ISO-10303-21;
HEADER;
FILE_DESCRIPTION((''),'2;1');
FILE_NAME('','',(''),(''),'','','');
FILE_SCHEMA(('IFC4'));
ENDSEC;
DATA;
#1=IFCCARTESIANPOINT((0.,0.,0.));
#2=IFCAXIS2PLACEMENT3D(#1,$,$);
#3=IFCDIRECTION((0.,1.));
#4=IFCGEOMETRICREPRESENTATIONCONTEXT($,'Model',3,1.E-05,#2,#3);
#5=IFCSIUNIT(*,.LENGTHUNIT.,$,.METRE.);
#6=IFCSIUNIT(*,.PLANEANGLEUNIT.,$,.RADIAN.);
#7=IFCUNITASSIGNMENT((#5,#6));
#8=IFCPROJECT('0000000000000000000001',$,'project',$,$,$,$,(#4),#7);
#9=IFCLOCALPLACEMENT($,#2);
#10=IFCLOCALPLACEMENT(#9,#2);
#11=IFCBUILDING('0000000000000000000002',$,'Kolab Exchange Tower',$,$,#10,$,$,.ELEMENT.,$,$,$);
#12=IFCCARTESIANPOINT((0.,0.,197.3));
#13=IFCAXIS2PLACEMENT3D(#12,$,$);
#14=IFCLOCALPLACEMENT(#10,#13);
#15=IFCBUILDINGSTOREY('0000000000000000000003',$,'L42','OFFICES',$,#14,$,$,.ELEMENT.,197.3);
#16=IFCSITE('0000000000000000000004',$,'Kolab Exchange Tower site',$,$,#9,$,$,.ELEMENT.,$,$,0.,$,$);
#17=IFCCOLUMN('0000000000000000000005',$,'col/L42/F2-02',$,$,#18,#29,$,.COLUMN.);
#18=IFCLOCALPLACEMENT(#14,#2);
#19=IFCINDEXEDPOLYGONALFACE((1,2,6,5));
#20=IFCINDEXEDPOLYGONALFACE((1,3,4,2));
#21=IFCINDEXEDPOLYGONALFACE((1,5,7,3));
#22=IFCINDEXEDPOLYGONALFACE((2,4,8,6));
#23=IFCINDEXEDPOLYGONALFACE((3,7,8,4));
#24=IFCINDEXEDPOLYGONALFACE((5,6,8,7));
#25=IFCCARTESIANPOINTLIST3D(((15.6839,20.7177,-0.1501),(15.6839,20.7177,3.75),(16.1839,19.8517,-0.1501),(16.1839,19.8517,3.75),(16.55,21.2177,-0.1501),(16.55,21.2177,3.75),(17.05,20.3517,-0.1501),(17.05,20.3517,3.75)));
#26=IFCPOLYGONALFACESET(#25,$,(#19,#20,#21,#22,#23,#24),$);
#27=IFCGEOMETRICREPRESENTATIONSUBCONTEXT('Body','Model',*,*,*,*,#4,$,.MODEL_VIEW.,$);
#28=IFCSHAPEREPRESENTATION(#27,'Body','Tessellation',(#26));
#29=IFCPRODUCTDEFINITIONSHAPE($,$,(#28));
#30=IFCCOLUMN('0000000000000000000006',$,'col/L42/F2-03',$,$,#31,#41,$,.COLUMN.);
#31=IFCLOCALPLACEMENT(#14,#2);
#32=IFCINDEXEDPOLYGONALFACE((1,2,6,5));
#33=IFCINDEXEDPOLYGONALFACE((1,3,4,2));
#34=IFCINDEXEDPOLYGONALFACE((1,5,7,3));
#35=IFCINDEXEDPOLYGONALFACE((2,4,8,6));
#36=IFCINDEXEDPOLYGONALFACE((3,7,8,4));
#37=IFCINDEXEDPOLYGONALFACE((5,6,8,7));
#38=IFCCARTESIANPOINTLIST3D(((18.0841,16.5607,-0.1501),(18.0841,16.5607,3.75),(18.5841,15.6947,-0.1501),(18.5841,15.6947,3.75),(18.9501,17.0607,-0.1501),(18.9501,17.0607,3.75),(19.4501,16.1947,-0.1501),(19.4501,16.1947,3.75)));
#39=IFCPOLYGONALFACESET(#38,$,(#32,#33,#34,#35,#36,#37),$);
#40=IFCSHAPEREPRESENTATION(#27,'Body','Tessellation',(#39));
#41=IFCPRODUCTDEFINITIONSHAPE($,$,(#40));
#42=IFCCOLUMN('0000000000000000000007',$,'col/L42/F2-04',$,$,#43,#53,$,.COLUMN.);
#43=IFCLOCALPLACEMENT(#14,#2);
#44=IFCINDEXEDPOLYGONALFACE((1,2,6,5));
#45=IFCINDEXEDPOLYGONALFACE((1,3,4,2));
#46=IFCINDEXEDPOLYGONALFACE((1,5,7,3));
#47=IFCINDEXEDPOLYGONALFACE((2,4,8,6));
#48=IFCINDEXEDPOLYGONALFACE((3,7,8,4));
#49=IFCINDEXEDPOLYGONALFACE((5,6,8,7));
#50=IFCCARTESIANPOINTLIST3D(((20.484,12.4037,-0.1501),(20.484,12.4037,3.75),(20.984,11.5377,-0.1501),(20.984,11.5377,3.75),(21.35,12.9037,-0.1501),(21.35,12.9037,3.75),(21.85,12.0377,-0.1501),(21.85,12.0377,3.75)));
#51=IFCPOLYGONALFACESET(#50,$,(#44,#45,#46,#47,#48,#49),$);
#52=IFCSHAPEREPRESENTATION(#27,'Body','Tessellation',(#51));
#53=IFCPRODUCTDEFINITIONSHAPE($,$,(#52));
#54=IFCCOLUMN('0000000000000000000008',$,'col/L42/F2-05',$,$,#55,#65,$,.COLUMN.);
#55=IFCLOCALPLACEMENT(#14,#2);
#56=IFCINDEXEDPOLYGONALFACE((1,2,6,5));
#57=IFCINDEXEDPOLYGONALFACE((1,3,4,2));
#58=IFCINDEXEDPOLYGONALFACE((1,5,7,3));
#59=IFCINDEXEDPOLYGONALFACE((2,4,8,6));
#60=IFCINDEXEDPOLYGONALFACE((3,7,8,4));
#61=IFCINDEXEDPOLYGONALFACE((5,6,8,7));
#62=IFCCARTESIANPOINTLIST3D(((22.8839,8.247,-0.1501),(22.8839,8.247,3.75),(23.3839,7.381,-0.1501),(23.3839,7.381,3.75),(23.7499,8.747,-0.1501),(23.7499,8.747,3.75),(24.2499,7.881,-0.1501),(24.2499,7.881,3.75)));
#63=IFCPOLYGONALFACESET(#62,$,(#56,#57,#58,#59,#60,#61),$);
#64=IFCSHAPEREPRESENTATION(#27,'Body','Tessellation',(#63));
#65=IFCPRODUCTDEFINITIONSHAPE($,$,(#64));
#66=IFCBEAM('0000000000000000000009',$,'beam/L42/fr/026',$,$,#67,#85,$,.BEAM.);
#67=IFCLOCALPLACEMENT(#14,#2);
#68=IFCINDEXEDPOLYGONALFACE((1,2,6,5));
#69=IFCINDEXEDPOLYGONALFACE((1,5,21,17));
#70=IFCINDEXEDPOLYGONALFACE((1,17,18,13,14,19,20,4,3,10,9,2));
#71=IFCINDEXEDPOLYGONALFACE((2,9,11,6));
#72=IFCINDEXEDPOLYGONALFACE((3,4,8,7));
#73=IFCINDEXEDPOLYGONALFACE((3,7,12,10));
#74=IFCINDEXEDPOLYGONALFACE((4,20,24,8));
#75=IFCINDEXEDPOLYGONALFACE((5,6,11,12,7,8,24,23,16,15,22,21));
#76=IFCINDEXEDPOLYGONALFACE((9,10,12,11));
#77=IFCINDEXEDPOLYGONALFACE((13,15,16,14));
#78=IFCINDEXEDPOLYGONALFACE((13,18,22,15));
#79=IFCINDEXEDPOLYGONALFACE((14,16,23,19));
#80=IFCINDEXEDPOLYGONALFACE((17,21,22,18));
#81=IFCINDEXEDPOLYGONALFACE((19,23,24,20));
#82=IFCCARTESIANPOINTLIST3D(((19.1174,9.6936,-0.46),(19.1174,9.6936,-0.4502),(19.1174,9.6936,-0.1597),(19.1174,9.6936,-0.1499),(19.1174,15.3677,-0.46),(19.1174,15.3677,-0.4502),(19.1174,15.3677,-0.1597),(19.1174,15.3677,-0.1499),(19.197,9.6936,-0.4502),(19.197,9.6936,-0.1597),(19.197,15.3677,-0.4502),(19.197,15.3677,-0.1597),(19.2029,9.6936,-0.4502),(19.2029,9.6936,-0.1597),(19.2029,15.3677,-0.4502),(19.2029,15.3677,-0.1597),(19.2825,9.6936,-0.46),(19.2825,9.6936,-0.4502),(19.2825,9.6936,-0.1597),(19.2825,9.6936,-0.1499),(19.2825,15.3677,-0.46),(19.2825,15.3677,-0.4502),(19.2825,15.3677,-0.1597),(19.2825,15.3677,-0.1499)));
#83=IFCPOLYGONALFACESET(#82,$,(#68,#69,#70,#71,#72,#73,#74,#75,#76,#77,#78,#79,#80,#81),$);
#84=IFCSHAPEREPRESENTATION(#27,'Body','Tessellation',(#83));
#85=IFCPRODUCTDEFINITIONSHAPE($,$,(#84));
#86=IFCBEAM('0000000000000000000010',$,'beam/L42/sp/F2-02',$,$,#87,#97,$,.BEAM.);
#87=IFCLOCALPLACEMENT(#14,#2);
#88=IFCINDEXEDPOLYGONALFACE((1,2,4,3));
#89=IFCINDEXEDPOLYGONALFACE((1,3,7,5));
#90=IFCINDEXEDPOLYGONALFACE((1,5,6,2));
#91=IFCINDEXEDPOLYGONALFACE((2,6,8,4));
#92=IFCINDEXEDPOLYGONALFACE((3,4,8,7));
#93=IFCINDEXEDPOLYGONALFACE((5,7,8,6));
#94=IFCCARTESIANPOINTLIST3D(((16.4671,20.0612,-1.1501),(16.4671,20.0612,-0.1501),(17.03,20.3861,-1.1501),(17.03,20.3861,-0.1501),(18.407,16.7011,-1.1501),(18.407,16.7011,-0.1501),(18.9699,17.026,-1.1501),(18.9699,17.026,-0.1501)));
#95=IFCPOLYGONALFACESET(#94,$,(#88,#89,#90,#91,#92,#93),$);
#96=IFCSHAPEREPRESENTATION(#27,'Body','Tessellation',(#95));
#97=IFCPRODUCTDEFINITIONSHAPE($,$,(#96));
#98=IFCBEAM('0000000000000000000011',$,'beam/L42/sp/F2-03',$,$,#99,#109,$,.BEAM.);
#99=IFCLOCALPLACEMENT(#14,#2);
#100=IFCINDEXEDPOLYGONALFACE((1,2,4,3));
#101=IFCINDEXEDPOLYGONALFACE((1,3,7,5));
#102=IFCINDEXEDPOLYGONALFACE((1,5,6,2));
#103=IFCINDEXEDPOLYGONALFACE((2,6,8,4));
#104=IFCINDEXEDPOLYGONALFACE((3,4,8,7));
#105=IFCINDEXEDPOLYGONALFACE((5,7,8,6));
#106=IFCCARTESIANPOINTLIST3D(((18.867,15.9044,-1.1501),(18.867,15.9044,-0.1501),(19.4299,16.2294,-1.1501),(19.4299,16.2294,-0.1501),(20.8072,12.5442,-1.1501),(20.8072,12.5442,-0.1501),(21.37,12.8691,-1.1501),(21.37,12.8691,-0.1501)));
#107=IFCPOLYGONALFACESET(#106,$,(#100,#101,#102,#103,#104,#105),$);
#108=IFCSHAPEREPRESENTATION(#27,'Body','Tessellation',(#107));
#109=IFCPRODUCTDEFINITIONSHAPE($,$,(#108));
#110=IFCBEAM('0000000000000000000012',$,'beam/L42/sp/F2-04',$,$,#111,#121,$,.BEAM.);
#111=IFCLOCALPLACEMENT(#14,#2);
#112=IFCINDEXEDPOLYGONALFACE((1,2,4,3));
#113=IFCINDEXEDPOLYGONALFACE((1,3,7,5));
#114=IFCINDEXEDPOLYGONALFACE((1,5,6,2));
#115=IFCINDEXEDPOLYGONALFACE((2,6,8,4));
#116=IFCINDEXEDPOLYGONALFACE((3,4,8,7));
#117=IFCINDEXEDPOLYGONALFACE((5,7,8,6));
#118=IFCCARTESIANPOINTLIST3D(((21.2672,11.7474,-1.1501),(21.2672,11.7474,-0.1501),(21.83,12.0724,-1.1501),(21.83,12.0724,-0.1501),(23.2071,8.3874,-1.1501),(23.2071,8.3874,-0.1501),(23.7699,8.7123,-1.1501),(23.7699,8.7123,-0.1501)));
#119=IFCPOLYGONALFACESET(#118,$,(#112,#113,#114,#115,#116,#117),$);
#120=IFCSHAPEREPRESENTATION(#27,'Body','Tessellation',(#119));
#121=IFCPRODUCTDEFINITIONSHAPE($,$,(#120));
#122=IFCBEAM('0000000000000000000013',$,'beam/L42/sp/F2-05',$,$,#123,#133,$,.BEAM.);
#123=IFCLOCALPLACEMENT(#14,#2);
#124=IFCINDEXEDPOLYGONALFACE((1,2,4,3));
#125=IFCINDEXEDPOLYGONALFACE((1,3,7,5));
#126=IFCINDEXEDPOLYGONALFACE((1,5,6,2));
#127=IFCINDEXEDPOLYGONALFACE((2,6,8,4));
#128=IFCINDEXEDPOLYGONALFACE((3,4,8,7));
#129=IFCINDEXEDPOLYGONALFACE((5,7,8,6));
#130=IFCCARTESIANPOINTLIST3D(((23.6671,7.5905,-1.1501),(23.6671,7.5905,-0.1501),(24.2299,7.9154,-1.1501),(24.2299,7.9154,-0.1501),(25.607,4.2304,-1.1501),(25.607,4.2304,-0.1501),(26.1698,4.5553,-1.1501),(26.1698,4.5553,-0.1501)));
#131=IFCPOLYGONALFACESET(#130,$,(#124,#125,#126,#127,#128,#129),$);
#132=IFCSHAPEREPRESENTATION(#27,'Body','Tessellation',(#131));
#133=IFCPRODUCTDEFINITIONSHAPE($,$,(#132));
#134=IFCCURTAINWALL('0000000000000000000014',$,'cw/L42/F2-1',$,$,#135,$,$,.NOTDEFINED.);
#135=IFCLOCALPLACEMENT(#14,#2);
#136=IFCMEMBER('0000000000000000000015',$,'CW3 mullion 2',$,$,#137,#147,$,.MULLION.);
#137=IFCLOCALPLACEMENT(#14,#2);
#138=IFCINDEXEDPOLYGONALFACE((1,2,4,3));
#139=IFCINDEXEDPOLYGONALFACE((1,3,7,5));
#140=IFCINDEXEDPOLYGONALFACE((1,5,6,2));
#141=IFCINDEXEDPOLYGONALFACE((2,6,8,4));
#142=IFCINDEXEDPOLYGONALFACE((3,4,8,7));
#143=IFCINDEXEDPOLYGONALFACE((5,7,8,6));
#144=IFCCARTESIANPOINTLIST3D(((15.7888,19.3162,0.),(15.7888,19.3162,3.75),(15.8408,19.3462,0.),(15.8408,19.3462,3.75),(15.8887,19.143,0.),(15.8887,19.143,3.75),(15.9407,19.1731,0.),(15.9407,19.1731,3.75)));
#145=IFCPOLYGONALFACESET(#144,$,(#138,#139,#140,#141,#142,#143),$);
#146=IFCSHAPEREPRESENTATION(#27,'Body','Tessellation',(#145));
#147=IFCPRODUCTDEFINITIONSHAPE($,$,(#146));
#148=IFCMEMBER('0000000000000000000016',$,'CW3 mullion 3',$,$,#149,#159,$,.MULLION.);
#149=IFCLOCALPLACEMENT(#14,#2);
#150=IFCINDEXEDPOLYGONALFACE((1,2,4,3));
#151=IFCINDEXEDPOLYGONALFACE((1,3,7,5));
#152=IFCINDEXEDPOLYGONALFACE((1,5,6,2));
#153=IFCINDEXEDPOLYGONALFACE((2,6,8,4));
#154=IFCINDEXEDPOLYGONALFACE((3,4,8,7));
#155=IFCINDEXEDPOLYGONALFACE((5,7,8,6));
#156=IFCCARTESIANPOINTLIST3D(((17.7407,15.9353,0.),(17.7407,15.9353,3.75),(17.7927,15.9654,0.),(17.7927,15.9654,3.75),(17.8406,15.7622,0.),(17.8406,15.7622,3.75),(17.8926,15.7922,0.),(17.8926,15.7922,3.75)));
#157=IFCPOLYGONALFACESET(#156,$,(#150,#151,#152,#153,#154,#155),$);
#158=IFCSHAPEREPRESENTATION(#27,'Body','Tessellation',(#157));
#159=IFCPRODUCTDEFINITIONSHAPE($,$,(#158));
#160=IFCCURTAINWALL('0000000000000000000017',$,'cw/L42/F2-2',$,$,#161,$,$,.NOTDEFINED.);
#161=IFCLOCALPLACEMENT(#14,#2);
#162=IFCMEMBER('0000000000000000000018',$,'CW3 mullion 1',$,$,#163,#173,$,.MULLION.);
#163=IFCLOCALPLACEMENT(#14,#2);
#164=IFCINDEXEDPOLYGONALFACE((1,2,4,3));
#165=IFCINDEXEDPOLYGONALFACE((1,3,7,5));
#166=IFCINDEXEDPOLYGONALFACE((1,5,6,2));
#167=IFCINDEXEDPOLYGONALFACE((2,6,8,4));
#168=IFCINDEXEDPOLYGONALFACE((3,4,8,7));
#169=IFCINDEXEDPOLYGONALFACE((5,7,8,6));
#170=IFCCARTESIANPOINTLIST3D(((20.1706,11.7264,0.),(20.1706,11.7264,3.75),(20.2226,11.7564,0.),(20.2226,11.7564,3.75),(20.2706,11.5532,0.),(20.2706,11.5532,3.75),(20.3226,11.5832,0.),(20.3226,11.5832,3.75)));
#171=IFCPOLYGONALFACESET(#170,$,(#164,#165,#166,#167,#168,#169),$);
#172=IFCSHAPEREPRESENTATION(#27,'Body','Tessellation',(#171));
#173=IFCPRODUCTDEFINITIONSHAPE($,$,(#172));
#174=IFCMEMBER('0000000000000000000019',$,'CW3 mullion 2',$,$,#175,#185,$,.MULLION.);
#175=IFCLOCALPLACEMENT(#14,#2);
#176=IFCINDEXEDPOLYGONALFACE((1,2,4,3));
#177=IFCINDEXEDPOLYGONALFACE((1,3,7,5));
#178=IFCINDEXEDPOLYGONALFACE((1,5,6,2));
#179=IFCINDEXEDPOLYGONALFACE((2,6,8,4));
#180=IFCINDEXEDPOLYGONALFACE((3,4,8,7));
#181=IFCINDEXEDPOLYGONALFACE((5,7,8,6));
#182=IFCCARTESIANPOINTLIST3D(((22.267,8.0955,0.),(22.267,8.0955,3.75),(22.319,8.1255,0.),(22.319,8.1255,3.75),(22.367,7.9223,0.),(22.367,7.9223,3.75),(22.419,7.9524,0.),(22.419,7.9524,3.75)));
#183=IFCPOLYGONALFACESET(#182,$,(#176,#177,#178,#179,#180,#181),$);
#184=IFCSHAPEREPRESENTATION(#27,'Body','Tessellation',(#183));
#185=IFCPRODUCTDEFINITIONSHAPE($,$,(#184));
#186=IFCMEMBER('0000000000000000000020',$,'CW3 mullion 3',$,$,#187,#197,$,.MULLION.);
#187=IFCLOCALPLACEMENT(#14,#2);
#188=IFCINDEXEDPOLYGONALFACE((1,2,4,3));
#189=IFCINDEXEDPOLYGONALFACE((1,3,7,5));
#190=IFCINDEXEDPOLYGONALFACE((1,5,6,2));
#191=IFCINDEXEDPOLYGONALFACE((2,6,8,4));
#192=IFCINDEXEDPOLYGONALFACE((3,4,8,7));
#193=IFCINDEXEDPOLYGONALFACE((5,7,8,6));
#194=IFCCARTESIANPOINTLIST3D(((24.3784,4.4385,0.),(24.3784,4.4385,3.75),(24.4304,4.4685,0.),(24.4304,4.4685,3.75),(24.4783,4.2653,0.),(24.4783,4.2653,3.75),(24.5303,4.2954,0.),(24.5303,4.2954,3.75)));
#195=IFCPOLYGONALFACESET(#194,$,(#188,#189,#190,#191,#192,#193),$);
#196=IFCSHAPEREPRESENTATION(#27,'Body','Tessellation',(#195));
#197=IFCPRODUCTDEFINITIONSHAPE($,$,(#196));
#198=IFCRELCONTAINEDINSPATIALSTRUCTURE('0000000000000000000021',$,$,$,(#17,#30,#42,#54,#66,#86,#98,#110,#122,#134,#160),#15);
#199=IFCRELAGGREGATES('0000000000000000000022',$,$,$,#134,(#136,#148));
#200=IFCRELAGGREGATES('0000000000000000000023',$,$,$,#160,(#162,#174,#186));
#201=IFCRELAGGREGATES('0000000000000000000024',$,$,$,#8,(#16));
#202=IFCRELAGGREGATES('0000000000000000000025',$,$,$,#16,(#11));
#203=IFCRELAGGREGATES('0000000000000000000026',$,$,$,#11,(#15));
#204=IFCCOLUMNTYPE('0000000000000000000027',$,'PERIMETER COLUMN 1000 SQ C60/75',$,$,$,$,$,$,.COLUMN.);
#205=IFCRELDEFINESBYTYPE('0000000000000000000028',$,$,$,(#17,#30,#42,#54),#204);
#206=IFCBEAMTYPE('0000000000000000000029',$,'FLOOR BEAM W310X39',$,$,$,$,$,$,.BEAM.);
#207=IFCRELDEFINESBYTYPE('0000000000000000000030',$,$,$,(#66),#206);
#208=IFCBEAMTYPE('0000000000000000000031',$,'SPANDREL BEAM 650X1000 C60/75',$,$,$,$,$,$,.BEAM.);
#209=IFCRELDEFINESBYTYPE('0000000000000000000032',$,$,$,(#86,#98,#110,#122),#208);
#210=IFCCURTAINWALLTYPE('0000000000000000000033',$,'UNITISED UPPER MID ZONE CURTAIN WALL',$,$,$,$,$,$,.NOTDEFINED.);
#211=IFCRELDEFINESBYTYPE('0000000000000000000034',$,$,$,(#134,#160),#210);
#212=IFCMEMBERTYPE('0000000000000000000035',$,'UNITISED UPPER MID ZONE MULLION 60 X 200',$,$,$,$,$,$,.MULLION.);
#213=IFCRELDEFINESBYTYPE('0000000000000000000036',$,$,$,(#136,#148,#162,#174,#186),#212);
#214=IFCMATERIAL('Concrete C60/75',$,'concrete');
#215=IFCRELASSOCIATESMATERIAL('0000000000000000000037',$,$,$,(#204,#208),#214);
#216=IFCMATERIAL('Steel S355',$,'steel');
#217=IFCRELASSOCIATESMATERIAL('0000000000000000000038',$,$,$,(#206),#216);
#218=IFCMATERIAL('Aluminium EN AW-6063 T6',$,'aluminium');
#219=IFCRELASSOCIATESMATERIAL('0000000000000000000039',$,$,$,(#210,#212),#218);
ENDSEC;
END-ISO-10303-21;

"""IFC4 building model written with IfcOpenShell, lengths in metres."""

from ifc_helpers import new_model, si_unit, direction, frame, origin, origin_2d, place, context, subcontext, project, spatial, rectangle, i_section, extrude, material, material_profile, profile_set, type_object, element, aggregate, save


model = new_model("IFC4")

# Units and contexts
model_context = context("Model", 3, precision=1e-05, world=origin(), true_north=direction((0.0, 1.0)))
body_context = subcontext(model_context, "Body", "Model", "MODEL_VIEW")
ifc_project = project(units=[si_unit("LENGTHUNIT", "METRE"), si_unit("PLANEANGLEUNIT", "RADIAN")], contexts=[model_context])

# Site, building, storey
site_placement = place(None, origin())
site = spatial("IfcSite", under=ifc_project, at=site_placement, Name="Kolab Exchange Tower site", CompositionType="ELEMENT", RefElevation=0.0)
building_placement = place(site_placement, origin())
building = spatial("IfcBuilding", under=site, at=building_placement, Name="Kolab Exchange Tower", CompositionType="ELEMENT")
storey_placement = place(building_placement, frame((0.0, 0.0, 197.3)))
storey = spatial("IfcBuildingStorey", under=building, at=storey_placement, Name="L42", Description="OFFICES", CompositionType="ELEMENT", Elevation=197.3)

# Columns
ifc_material_1 = material(Name="Concrete C60/75", Category="concrete")
ifc_material_profile_1 = material_profile(ifc_material_1, rectangle(XDim=1.0, YDim=1.0, at=origin_2d()), Name="RC1000")
ifc_profile_set_1 = profile_set([ifc_material_profile_1], Name="Concrete C60/75")
column_type = type_object("IfcColumnType", Name="PERIMETER COLUMN 1000 SQ C60/75", PredefinedType="COLUMN", material=ifc_profile_set_1)
for number, where, z_axis, x_axis, name in (
    (1, (16.3669, 20.5347, -0.1501), (0.0, 0.0, 1.0), (0.866025, 0.5, 0.0), "col/L42/F2-02"),
    (2, (18.7671, 16.3777, -0.1501), (0.0, 0.0, 1.0), (0.866025, 0.5, 0.0), "col/L42/F2-03"),
    (3, (21.167, 12.2207, -0.1501), (0.0, 0.0, 1.0), (0.866025, 0.5, 0.0), "col/L42/F2-04"),
    (4, (23.5669, 8.064, -0.1501), (0.0, 0.0, 1.0), (0.866025, 0.5, 0.0), "col/L42/F2-05"),
):
    element("IfcColumn", number, at=place(storey_placement, frame(where, z_axis=z_axis, x_axis=x_axis)), inside=storey, type_object=column_type, Name=name, PredefinedType="COLUMN", context=body_context, shape_type="SweptSolid", body=[
        extrude(rectangle(XDim=1.0, YDim=1.0, at=origin_2d()), origin(), (0.0, 0.0, 1.0), 3.9001),
    ])

# Beams
ifc_material_2 = material(Name="Steel S355", Category="steel")
ifc_material_profile_2 = material_profile(ifc_material_2, i_section(OverallWidth=0.165, OverallDepth=0.3101, WebThickness=0.0059, FlangeThickness=0.0098, at=origin_2d()), Name="W310X39")
ifc_profile_set_2 = profile_set([ifc_material_profile_2], Name="Steel S355")
beam_type_1 = type_object("IfcBeamType", Name="FLOOR BEAM W310X39", PredefinedType="BEAM", material=ifc_profile_set_2)
beam_1_placement = place(storey_placement, frame((19.2, 9.6936, -0.3049), z_axis=(0.0, 1.0, 0.0), x_axis=(-1.0, 0.0, 0.0)))
element("IfcBeam", 5, at=beam_1_placement, inside=storey, type_object=beam_type_1, Name="beam/L42/fr/026", PredefinedType="BEAM", context=body_context, shape_type="SweptSolid", body=[
    extrude(i_section(OverallWidth=0.165, OverallDepth=0.3101, WebThickness=0.0059, FlangeThickness=0.0098, at=origin_2d()), origin(), (0.0, 0.0, 1.0), 5.6741),
])
ifc_material_profile_3 = material_profile(ifc_material_1, rectangle(XDim=0.6499, YDim=1.0, at=origin_2d()), Name="RC650X1000")
ifc_profile_set_3 = profile_set([ifc_material_profile_3], Name="Concrete C60/75")
beam_type_2 = type_object("IfcBeamType", Name="SPANDREL BEAM 650X1000 C60/75", PredefinedType="BEAM", material=ifc_profile_set_3)
beam_2_placement = place(storey_placement, frame((16.7485, 20.2236, -0.6501), z_axis=(0.499997, -0.866027, 0.0), x_axis=(0.866027, 0.499997, 0.0)))
element("IfcBeam", 6, at=beam_2_placement, inside=storey, type_object=beam_type_2, Name="beam/L42/sp/F2-02", PredefinedType="BEAM", context=body_context, shape_type="SweptSolid", body=[
    extrude(rectangle(XDim=0.6499, YDim=1.0, at=origin_2d()), origin(), (0.0, 0.0, 1.0), 3.8799),
])
beam_3_placement = place(storey_placement, frame((19.1484, 16.0669, -0.6501), z_axis=(0.500017, -0.866016, 0.0), x_axis=(0.866016, 0.500017, 0.0)))
element("IfcBeam", 7, at=beam_3_placement, inside=storey, type_object=beam_type_2, Name="beam/L42/sp/F2-03", PredefinedType="BEAM", context=body_context, shape_type="SweptSolid", body=[
    extrude(rectangle(XDim=0.6499, YDim=1.0, at=origin_2d()), origin(), (0.0, 0.0, 1.0), 3.8801),
])
for number, where, z_axis, x_axis, name in (
    (8, (21.5486, 11.9099, -0.6501), (0.499997, -0.866027, 0.0), (0.866027, 0.499997, 0.0), "beam/L42/sp/F2-04"),
    (9, (23.9485, 7.7529, -0.6501), (0.499997, -0.866027, 0.0), (0.866027, 0.499997, 0.0), "beam/L42/sp/F2-05"),
):
    element("IfcBeam", number, at=place(storey_placement, frame(where, z_axis=z_axis, x_axis=x_axis)), inside=storey, type_object=beam_type_2, Name=name, PredefinedType="BEAM", context=body_context, shape_type="SweptSolid", body=[
        extrude(rectangle(XDim=0.6499, YDim=1.0, at=origin_2d()), origin(), (0.0, 0.0, 1.0), 3.8799),
    ])

# Curtain walls, members
ifc_material_3 = material(Name="Aluminium EN AW-6063 T6", Category="aluminium")
curtain_wall_type = type_object("IfcCurtainWallType", Name="UNITISED UPPER MID ZONE CURTAIN WALL", PredefinedType="NOTDEFINED", material=ifc_material_3)
curtain_wall_1_placement = place(storey_placement, origin())
curtain_wall_1 = element("IfcCurtainWall", 10, at=curtain_wall_1_placement, inside=storey, type_object=curtain_wall_type, Name="cw/L42/F2-1", PredefinedType="NOTDEFINED")
ifc_material_profile_4 = material_profile(ifc_material_3, rectangle(XDim=0.0601, YDim=0.2, at=origin_2d()), Name="RECT 60X200")
ifc_profile_set_4 = profile_set([ifc_material_profile_4], Name="Aluminium EN AW-6063 T6")
member_type_1 = type_object("IfcMemberType", Name="UNITISED UPPER MID ZONE MULLION 60 X 200", PredefinedType="MULLION", material=ifc_profile_set_4)
member_1_placement = place(storey_placement, frame((15.8647, 19.2446, 0.0), z_axis=(0.0, 0.0, 1.0), x_axis=(0.866025, 0.5, 0.0)))
member_1 = element("IfcMember", 11, at=member_1_placement, type_object=member_type_1, Name="CW3 mullion 2", PredefinedType="MULLION", context=body_context, shape_type="SweptSolid", body=[
    extrude(rectangle(XDim=0.0601, YDim=0.2, at=origin_2d()), origin(), (0.0, 0.0, 1.0), 3.75),
])
member_2_placement = place(storey_placement, frame((17.8167, 15.8638, 0.0), z_axis=(0.0, 0.0, 1.0), x_axis=(0.866025, 0.5, 0.0)))
member_2 = element("IfcMember", 12, at=member_2_placement, type_object=member_type_1, Name="CW3 mullion 3", PredefinedType="MULLION", context=body_context, shape_type="SweptSolid", body=[
    extrude(rectangle(XDim=0.0601, YDim=0.2, at=origin_2d()), origin(), (0.0, 0.0, 1.0), 3.75),
])
curtain_wall_2_placement = place(storey_placement, origin())
curtain_wall_2 = element("IfcCurtainWall", 13, at=curtain_wall_2_placement, inside=storey, type_object=curtain_wall_type, Name="cw/L42/F2-2", PredefinedType="NOTDEFINED")
member_3_placement = place(storey_placement, frame((20.2466, 11.6548, 0.0), z_axis=(0.0, 0.0, 1.0), x_axis=(0.866025, 0.5, 0.0)))
member_3 = element("IfcMember", 14, at=member_3_placement, type_object=member_type_1, Name="CW3 mullion 1", PredefinedType="MULLION", context=body_context, shape_type="SweptSolid", body=[
    extrude(rectangle(XDim=0.0601, YDim=0.2, at=origin_2d()), origin(), (0.0, 0.0, 1.0), 3.75),
])
member_4_placement = place(storey_placement, frame((22.343, 8.0239, 0.0), z_axis=(0.0, 0.0, 1.0), x_axis=(0.866025, 0.5, 0.0)))
member_4 = element("IfcMember", 15, at=member_4_placement, type_object=member_type_1, Name="CW3 mullion 2", PredefinedType="MULLION", context=body_context, shape_type="SweptSolid", body=[
    extrude(rectangle(XDim=0.0601, YDim=0.2, at=origin_2d()), origin(), (0.0, 0.0, 1.0), 3.75),
])
member_5_placement = place(storey_placement, frame((24.4543, 4.3669, 0.0), z_axis=(0.0, 0.0, 1.0), x_axis=(0.866025, 0.5, 0.0)))
member_5 = element("IfcMember", 16, at=member_5_placement, type_object=member_type_1, Name="CW3 mullion 3", PredefinedType="MULLION", context=body_context, shape_type="SweptSolid", body=[
    extrude(rectangle(XDim=0.0601, YDim=0.2, at=origin_2d()), origin(), (0.0, 0.0, 1.0), 3.75),
])

aggregate(curtain_wall_1, [member_1, member_2])
aggregate(curtain_wall_2, [member_3, member_4, member_5])

save(model, "model.ifc")
